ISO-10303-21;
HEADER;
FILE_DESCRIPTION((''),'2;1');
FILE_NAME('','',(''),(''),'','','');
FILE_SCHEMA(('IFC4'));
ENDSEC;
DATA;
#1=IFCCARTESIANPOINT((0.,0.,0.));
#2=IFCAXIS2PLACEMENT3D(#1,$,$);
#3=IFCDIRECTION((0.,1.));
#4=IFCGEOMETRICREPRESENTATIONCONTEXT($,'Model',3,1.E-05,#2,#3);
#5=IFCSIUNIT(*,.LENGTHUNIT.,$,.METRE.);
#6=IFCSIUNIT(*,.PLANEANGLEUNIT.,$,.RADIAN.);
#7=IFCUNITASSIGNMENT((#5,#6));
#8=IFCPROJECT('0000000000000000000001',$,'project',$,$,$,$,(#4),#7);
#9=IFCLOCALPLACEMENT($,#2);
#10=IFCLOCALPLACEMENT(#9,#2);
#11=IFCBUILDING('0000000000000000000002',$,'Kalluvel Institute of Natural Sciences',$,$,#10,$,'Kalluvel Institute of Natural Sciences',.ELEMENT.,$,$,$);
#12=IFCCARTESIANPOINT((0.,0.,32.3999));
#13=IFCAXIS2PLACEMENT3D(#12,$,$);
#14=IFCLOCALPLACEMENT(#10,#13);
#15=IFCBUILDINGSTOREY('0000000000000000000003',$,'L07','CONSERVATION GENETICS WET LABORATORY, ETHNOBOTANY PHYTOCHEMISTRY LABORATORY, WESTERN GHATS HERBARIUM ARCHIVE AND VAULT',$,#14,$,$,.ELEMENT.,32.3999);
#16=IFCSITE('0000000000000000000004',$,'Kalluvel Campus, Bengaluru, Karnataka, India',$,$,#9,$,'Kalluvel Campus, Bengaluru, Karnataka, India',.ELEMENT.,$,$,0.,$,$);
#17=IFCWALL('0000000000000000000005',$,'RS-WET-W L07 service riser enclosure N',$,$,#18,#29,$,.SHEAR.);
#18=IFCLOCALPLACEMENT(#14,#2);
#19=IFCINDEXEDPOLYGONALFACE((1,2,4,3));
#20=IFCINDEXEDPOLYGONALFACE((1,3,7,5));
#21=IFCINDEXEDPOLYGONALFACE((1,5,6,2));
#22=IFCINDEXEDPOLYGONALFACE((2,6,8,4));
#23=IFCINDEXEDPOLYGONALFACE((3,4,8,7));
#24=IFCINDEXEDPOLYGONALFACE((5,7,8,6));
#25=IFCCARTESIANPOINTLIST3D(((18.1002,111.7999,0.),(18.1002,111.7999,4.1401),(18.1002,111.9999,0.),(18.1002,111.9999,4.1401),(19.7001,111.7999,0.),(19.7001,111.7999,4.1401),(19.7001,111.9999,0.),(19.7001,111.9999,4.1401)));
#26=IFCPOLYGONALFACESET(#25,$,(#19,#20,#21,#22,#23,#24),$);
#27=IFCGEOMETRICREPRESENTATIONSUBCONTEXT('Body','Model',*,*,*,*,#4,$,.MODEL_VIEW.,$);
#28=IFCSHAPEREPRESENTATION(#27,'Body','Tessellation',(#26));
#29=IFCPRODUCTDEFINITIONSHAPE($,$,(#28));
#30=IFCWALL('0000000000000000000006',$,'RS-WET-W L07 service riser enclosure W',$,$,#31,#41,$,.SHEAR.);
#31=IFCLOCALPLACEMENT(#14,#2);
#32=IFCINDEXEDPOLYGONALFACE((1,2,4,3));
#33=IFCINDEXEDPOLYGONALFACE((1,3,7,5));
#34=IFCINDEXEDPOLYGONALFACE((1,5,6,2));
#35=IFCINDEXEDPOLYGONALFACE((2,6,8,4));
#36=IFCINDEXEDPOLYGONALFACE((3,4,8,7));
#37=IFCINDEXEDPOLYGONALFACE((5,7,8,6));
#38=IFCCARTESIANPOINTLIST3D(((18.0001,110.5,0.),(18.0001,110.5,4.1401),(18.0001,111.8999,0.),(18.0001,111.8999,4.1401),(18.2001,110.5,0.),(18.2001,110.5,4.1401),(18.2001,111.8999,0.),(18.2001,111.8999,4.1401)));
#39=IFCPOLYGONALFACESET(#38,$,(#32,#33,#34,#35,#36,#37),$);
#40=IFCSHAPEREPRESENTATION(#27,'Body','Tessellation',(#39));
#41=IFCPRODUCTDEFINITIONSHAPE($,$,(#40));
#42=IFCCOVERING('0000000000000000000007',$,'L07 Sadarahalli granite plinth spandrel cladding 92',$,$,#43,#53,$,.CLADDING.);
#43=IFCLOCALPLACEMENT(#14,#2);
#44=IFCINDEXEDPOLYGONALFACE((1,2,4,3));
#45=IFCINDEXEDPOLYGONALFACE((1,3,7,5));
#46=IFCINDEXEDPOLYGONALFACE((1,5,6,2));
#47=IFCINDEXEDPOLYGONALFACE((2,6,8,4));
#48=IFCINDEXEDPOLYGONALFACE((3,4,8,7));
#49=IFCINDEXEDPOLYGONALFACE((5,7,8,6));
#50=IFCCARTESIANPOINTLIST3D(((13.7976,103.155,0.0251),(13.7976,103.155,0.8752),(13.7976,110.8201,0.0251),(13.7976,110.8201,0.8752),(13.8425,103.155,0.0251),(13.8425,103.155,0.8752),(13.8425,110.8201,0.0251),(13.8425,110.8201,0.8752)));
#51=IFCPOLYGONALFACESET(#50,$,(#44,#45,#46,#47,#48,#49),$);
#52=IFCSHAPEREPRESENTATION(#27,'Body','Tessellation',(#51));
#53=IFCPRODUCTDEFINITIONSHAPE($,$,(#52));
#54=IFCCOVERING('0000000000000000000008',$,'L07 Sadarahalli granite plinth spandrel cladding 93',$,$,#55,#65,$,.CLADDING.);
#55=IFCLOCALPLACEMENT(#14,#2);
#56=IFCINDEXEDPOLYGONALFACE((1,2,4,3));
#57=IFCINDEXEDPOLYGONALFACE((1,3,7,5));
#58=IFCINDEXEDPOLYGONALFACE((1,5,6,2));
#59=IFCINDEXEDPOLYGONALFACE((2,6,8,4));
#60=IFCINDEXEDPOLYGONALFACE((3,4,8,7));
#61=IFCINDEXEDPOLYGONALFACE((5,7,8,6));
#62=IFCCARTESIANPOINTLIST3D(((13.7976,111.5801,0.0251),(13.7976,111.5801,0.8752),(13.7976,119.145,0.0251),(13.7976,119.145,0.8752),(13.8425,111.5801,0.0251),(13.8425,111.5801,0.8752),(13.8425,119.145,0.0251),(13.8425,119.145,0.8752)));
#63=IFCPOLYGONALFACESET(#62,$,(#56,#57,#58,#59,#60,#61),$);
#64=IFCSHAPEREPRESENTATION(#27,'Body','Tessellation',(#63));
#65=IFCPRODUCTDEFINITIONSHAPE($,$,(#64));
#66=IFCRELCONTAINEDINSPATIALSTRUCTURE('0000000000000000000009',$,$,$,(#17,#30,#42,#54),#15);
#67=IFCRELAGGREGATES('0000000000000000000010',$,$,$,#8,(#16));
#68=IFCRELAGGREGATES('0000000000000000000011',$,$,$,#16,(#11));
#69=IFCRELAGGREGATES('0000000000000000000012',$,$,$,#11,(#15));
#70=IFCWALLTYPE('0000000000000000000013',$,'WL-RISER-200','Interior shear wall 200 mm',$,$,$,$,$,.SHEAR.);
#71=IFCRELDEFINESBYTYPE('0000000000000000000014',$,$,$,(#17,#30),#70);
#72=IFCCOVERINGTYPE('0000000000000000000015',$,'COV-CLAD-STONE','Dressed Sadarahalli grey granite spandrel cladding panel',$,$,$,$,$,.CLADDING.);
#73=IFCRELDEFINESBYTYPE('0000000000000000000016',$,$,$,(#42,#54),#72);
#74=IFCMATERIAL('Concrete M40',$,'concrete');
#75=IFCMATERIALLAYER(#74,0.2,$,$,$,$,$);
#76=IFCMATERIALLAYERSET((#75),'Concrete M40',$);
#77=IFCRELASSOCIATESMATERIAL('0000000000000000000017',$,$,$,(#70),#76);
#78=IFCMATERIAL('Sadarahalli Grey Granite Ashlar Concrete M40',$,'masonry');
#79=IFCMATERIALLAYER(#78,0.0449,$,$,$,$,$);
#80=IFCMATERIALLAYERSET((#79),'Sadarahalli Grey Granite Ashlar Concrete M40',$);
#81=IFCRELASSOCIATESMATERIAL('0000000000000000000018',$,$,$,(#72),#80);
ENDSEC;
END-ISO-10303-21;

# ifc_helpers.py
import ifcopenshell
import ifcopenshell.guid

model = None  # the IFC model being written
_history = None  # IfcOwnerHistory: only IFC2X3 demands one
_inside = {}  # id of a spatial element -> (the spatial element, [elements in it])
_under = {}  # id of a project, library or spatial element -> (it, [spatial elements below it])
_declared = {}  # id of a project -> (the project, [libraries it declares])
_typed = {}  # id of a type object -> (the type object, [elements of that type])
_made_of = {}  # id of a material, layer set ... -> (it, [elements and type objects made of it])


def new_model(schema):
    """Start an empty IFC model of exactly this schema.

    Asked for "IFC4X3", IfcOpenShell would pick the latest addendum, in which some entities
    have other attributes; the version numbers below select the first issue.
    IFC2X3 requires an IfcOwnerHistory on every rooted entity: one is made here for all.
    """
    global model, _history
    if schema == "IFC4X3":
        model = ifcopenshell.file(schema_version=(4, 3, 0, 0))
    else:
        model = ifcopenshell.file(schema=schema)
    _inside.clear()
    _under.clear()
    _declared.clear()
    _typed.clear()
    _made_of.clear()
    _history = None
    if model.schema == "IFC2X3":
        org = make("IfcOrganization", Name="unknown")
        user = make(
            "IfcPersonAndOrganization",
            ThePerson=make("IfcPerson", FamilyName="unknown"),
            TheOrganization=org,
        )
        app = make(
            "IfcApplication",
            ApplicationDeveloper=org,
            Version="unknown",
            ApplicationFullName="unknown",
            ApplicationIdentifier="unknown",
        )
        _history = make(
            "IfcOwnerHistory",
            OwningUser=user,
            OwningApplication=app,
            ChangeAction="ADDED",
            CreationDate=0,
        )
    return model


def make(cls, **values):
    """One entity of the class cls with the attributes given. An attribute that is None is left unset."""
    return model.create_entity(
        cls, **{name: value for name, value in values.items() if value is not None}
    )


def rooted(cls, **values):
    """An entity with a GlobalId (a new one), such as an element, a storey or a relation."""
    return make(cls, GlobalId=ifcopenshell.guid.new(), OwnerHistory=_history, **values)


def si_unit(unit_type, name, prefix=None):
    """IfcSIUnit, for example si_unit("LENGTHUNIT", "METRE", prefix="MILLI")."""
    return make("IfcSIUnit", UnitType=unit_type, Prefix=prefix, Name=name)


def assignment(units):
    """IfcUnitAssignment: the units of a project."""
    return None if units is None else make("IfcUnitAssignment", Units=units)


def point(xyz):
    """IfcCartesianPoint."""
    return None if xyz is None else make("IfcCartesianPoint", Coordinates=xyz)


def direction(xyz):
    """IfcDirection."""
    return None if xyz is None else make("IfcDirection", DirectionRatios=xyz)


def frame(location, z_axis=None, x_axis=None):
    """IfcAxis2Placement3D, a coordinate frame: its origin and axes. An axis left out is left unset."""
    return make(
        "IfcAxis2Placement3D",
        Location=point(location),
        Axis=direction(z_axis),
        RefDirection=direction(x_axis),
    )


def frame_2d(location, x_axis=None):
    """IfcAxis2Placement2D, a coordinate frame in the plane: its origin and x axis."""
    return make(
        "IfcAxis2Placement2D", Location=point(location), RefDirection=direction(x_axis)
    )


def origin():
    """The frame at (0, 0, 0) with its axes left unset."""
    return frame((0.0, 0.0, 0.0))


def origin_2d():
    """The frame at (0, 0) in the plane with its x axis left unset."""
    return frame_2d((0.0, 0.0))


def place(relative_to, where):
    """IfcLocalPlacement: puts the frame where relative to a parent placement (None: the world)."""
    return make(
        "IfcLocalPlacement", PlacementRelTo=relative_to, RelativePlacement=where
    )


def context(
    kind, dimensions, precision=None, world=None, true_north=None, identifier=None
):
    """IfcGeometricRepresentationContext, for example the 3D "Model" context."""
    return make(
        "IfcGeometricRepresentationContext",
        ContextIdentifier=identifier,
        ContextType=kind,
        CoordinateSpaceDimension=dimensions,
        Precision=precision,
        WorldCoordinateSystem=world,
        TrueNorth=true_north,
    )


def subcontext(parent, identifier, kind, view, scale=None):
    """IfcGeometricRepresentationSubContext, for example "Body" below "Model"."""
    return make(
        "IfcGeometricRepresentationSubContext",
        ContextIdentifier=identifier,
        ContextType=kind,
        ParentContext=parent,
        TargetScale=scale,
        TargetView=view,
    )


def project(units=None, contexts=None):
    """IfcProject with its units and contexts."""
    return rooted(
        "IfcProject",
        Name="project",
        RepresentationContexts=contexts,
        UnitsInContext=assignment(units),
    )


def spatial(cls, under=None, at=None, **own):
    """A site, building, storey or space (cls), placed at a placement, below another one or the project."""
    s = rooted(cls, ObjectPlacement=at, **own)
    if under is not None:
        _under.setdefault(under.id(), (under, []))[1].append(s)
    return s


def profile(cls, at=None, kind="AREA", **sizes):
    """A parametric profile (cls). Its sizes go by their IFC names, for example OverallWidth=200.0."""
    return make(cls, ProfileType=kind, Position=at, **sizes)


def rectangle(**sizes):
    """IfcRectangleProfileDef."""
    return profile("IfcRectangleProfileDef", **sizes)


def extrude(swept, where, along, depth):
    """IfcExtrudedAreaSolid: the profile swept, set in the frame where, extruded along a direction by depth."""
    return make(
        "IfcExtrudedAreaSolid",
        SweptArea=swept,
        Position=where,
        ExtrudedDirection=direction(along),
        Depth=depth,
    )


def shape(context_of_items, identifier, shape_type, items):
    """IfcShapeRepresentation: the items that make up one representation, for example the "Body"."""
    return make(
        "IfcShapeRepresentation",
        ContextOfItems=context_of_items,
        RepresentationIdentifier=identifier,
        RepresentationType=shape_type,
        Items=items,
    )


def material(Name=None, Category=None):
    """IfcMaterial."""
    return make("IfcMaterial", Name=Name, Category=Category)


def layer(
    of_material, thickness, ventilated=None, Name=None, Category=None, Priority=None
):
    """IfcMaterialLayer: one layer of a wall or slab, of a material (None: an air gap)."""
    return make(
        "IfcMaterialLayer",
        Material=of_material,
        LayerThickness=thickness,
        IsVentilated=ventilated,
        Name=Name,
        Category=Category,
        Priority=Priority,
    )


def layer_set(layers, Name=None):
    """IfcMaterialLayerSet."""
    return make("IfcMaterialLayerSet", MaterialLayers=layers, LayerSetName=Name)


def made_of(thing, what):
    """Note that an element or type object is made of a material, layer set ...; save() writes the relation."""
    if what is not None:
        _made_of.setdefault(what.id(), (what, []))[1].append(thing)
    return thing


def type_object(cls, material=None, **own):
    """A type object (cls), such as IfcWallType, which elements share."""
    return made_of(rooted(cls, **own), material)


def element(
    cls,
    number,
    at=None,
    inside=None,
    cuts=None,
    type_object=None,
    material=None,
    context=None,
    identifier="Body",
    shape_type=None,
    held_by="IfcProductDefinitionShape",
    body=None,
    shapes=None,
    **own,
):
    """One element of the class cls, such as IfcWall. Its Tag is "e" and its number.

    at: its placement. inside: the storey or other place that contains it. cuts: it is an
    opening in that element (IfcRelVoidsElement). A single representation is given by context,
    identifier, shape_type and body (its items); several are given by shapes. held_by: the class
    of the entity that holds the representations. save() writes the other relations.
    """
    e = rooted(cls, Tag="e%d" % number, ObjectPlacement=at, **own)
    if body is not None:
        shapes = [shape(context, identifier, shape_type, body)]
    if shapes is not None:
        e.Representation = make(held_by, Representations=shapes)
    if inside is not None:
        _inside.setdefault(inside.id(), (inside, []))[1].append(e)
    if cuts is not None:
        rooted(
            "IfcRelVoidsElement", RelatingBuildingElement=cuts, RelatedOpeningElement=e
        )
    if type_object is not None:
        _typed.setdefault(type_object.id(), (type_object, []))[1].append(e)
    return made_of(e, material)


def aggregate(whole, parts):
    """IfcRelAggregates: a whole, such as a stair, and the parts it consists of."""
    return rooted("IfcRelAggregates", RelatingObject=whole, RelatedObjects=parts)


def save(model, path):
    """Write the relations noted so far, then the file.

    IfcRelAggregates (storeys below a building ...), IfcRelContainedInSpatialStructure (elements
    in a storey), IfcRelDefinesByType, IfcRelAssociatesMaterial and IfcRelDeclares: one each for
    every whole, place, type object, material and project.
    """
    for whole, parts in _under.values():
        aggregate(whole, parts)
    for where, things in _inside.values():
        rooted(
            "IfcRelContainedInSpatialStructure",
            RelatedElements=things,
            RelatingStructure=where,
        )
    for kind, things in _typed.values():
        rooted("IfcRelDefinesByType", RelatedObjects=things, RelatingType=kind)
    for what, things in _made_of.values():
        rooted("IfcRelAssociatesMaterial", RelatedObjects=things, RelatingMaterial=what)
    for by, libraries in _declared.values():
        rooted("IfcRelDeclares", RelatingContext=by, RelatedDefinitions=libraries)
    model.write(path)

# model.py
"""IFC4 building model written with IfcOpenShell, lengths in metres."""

from ifc_helpers import new_model, si_unit, direction, frame, frame_2d, origin, origin_2d, place, context, subcontext, project, spatial, rectangle, extrude, material, layer, layer_set, type_object, element, save


model = new_model("IFC4")

# Units and contexts
model_context = context("Model", 3, precision=1e-05, world=origin(), true_north=direction((0.0, 1.0)))
body_context = subcontext(model_context, "Body", "Model", "MODEL_VIEW")
ifc_project = project(units=[si_unit("LENGTHUNIT", "METRE"), si_unit("PLANEANGLEUNIT", "RADIAN")], contexts=[model_context])

# Site, building, storey
site_placement = place(None, origin())
site = spatial("IfcSite", under=ifc_project, at=site_placement, Name="Kalluvel Campus, Bengaluru, Karnataka, India", LongName="Kalluvel Campus, Bengaluru, Karnataka, India", CompositionType="ELEMENT", RefElevation=0.0)
building_placement = place(site_placement, origin())
building = spatial("IfcBuilding", under=site, at=building_placement, Name="Kalluvel Institute of Natural Sciences", LongName="Kalluvel Institute of Natural Sciences", CompositionType="ELEMENT")
storey_placement = place(building_placement, frame((0.0, 0.0, 32.3999)))
storey = spatial("IfcBuildingStorey", under=building, at=storey_placement, Name="L07", Description="CONSERVATION GENETICS WET LABORATORY, ETHNOBOTANY PHYTOCHEMISTRY LABORATORY, WESTERN GHATS HERBARIUM ARCHIVE AND VAULT", CompositionType="ELEMENT", Elevation=32.3999)

# Shared definitions
ifc_material_1 = material(Name="Concrete M40", Category="concrete")

# Shared definitions
ifc_material_2 = material(Name="Sadarahalli Grey Granite Ashlar Concrete M40", Category="masonry")

# Walls
ifc_layer_1 = layer(ifc_material_1, 0.2)
ifc_layer_set_1 = layer_set([ifc_layer_1], Name="Concrete M40")
wall_type_1 = type_object("IfcWallType", Name="WL-RISER-200", Description="Interior shear wall 200 mm", PredefinedType="SHEAR", material=ifc_layer_set_1)
wall_1_placement = place(storey_placement, frame((19.7, 111.8999, 0.0), z_axis=(0.0, 0.0, 1.0), x_axis=(-1.0, 0.0, 0.0)))
element("IfcWall", 1, at=wall_1_placement, inside=storey, type_object=wall_type_1, Name="RS-WET-W L07 service riser enclosure N", PredefinedType="SHEAR", context=body_context, shape_type="SweptSolid", body=[
    extrude(rectangle(XDim=1.5999, YDim=0.2, at=frame_2d((0.7998, 0.0))), origin(), (0.0, 0.0, 1.0), 4.1401),
])
wall_2_placement = place(storey_placement, frame((18.1001, 111.8999, 0.0), z_axis=(0.0, 0.0, 1.0), x_axis=(0.0, -1.0, 0.0)))
element("IfcWall", 2, at=wall_2_placement, inside=storey, type_object=wall_type_1, Name="RS-WET-W L07 service riser enclosure W", PredefinedType="SHEAR", context=body_context, shape_type="SweptSolid", body=[
    extrude(rectangle(XDim=1.3999, YDim=0.2, at=frame_2d((0.7, 0.0))), origin(), (0.0, 0.0, 1.0), 4.1401),
])

# Coverings
ifc_layer_2 = layer(ifc_material_2, 0.0449)
ifc_layer_set_2 = layer_set([ifc_layer_2], Name="Sadarahalli Grey Granite Ashlar Concrete M40")
covering_type = type_object("IfcCoveringType", Name="COV-CLAD-STONE", Description="Dressed Sadarahalli grey granite spandrel cladding panel", PredefinedType="CLADDING", material=ifc_layer_set_2)
covering_1_placement = place(storey_placement, frame((13.8201, 106.9875, 0.0251), z_axis=(0.0, 0.0, 1.0), x_axis=(0.0, 1.0, 0.0)))
element("IfcCovering", 3, at=covering_1_placement, inside=storey, type_object=covering_type, Name="L07 Sadarahalli granite plinth spandrel cladding 92", PredefinedType="CLADDING", context=body_context, shape_type="SweptSolid", body=[
    extrude(rectangle(XDim=7.665, YDim=0.0449, at=origin_2d()), origin(), (0.0, 0.0, 1.0), 0.8501),
])
covering_2_placement = place(storey_placement, frame((13.8201, 115.3625, 0.0251), z_axis=(0.0, 0.0, 1.0), x_axis=(0.0, 1.0, 0.0)))
element("IfcCovering", 4, at=covering_2_placement, inside=storey, type_object=covering_type, Name="L07 Sadarahalli granite plinth spandrel cladding 93", PredefinedType="CLADDING", context=body_context, shape_type="SweptSolid", body=[
    extrude(rectangle(XDim=7.5649, YDim=0.0449, at=origin_2d()), origin(), (0.0, 0.0, 1.0), 0.8501),
])

save(model, "model.ifc")
